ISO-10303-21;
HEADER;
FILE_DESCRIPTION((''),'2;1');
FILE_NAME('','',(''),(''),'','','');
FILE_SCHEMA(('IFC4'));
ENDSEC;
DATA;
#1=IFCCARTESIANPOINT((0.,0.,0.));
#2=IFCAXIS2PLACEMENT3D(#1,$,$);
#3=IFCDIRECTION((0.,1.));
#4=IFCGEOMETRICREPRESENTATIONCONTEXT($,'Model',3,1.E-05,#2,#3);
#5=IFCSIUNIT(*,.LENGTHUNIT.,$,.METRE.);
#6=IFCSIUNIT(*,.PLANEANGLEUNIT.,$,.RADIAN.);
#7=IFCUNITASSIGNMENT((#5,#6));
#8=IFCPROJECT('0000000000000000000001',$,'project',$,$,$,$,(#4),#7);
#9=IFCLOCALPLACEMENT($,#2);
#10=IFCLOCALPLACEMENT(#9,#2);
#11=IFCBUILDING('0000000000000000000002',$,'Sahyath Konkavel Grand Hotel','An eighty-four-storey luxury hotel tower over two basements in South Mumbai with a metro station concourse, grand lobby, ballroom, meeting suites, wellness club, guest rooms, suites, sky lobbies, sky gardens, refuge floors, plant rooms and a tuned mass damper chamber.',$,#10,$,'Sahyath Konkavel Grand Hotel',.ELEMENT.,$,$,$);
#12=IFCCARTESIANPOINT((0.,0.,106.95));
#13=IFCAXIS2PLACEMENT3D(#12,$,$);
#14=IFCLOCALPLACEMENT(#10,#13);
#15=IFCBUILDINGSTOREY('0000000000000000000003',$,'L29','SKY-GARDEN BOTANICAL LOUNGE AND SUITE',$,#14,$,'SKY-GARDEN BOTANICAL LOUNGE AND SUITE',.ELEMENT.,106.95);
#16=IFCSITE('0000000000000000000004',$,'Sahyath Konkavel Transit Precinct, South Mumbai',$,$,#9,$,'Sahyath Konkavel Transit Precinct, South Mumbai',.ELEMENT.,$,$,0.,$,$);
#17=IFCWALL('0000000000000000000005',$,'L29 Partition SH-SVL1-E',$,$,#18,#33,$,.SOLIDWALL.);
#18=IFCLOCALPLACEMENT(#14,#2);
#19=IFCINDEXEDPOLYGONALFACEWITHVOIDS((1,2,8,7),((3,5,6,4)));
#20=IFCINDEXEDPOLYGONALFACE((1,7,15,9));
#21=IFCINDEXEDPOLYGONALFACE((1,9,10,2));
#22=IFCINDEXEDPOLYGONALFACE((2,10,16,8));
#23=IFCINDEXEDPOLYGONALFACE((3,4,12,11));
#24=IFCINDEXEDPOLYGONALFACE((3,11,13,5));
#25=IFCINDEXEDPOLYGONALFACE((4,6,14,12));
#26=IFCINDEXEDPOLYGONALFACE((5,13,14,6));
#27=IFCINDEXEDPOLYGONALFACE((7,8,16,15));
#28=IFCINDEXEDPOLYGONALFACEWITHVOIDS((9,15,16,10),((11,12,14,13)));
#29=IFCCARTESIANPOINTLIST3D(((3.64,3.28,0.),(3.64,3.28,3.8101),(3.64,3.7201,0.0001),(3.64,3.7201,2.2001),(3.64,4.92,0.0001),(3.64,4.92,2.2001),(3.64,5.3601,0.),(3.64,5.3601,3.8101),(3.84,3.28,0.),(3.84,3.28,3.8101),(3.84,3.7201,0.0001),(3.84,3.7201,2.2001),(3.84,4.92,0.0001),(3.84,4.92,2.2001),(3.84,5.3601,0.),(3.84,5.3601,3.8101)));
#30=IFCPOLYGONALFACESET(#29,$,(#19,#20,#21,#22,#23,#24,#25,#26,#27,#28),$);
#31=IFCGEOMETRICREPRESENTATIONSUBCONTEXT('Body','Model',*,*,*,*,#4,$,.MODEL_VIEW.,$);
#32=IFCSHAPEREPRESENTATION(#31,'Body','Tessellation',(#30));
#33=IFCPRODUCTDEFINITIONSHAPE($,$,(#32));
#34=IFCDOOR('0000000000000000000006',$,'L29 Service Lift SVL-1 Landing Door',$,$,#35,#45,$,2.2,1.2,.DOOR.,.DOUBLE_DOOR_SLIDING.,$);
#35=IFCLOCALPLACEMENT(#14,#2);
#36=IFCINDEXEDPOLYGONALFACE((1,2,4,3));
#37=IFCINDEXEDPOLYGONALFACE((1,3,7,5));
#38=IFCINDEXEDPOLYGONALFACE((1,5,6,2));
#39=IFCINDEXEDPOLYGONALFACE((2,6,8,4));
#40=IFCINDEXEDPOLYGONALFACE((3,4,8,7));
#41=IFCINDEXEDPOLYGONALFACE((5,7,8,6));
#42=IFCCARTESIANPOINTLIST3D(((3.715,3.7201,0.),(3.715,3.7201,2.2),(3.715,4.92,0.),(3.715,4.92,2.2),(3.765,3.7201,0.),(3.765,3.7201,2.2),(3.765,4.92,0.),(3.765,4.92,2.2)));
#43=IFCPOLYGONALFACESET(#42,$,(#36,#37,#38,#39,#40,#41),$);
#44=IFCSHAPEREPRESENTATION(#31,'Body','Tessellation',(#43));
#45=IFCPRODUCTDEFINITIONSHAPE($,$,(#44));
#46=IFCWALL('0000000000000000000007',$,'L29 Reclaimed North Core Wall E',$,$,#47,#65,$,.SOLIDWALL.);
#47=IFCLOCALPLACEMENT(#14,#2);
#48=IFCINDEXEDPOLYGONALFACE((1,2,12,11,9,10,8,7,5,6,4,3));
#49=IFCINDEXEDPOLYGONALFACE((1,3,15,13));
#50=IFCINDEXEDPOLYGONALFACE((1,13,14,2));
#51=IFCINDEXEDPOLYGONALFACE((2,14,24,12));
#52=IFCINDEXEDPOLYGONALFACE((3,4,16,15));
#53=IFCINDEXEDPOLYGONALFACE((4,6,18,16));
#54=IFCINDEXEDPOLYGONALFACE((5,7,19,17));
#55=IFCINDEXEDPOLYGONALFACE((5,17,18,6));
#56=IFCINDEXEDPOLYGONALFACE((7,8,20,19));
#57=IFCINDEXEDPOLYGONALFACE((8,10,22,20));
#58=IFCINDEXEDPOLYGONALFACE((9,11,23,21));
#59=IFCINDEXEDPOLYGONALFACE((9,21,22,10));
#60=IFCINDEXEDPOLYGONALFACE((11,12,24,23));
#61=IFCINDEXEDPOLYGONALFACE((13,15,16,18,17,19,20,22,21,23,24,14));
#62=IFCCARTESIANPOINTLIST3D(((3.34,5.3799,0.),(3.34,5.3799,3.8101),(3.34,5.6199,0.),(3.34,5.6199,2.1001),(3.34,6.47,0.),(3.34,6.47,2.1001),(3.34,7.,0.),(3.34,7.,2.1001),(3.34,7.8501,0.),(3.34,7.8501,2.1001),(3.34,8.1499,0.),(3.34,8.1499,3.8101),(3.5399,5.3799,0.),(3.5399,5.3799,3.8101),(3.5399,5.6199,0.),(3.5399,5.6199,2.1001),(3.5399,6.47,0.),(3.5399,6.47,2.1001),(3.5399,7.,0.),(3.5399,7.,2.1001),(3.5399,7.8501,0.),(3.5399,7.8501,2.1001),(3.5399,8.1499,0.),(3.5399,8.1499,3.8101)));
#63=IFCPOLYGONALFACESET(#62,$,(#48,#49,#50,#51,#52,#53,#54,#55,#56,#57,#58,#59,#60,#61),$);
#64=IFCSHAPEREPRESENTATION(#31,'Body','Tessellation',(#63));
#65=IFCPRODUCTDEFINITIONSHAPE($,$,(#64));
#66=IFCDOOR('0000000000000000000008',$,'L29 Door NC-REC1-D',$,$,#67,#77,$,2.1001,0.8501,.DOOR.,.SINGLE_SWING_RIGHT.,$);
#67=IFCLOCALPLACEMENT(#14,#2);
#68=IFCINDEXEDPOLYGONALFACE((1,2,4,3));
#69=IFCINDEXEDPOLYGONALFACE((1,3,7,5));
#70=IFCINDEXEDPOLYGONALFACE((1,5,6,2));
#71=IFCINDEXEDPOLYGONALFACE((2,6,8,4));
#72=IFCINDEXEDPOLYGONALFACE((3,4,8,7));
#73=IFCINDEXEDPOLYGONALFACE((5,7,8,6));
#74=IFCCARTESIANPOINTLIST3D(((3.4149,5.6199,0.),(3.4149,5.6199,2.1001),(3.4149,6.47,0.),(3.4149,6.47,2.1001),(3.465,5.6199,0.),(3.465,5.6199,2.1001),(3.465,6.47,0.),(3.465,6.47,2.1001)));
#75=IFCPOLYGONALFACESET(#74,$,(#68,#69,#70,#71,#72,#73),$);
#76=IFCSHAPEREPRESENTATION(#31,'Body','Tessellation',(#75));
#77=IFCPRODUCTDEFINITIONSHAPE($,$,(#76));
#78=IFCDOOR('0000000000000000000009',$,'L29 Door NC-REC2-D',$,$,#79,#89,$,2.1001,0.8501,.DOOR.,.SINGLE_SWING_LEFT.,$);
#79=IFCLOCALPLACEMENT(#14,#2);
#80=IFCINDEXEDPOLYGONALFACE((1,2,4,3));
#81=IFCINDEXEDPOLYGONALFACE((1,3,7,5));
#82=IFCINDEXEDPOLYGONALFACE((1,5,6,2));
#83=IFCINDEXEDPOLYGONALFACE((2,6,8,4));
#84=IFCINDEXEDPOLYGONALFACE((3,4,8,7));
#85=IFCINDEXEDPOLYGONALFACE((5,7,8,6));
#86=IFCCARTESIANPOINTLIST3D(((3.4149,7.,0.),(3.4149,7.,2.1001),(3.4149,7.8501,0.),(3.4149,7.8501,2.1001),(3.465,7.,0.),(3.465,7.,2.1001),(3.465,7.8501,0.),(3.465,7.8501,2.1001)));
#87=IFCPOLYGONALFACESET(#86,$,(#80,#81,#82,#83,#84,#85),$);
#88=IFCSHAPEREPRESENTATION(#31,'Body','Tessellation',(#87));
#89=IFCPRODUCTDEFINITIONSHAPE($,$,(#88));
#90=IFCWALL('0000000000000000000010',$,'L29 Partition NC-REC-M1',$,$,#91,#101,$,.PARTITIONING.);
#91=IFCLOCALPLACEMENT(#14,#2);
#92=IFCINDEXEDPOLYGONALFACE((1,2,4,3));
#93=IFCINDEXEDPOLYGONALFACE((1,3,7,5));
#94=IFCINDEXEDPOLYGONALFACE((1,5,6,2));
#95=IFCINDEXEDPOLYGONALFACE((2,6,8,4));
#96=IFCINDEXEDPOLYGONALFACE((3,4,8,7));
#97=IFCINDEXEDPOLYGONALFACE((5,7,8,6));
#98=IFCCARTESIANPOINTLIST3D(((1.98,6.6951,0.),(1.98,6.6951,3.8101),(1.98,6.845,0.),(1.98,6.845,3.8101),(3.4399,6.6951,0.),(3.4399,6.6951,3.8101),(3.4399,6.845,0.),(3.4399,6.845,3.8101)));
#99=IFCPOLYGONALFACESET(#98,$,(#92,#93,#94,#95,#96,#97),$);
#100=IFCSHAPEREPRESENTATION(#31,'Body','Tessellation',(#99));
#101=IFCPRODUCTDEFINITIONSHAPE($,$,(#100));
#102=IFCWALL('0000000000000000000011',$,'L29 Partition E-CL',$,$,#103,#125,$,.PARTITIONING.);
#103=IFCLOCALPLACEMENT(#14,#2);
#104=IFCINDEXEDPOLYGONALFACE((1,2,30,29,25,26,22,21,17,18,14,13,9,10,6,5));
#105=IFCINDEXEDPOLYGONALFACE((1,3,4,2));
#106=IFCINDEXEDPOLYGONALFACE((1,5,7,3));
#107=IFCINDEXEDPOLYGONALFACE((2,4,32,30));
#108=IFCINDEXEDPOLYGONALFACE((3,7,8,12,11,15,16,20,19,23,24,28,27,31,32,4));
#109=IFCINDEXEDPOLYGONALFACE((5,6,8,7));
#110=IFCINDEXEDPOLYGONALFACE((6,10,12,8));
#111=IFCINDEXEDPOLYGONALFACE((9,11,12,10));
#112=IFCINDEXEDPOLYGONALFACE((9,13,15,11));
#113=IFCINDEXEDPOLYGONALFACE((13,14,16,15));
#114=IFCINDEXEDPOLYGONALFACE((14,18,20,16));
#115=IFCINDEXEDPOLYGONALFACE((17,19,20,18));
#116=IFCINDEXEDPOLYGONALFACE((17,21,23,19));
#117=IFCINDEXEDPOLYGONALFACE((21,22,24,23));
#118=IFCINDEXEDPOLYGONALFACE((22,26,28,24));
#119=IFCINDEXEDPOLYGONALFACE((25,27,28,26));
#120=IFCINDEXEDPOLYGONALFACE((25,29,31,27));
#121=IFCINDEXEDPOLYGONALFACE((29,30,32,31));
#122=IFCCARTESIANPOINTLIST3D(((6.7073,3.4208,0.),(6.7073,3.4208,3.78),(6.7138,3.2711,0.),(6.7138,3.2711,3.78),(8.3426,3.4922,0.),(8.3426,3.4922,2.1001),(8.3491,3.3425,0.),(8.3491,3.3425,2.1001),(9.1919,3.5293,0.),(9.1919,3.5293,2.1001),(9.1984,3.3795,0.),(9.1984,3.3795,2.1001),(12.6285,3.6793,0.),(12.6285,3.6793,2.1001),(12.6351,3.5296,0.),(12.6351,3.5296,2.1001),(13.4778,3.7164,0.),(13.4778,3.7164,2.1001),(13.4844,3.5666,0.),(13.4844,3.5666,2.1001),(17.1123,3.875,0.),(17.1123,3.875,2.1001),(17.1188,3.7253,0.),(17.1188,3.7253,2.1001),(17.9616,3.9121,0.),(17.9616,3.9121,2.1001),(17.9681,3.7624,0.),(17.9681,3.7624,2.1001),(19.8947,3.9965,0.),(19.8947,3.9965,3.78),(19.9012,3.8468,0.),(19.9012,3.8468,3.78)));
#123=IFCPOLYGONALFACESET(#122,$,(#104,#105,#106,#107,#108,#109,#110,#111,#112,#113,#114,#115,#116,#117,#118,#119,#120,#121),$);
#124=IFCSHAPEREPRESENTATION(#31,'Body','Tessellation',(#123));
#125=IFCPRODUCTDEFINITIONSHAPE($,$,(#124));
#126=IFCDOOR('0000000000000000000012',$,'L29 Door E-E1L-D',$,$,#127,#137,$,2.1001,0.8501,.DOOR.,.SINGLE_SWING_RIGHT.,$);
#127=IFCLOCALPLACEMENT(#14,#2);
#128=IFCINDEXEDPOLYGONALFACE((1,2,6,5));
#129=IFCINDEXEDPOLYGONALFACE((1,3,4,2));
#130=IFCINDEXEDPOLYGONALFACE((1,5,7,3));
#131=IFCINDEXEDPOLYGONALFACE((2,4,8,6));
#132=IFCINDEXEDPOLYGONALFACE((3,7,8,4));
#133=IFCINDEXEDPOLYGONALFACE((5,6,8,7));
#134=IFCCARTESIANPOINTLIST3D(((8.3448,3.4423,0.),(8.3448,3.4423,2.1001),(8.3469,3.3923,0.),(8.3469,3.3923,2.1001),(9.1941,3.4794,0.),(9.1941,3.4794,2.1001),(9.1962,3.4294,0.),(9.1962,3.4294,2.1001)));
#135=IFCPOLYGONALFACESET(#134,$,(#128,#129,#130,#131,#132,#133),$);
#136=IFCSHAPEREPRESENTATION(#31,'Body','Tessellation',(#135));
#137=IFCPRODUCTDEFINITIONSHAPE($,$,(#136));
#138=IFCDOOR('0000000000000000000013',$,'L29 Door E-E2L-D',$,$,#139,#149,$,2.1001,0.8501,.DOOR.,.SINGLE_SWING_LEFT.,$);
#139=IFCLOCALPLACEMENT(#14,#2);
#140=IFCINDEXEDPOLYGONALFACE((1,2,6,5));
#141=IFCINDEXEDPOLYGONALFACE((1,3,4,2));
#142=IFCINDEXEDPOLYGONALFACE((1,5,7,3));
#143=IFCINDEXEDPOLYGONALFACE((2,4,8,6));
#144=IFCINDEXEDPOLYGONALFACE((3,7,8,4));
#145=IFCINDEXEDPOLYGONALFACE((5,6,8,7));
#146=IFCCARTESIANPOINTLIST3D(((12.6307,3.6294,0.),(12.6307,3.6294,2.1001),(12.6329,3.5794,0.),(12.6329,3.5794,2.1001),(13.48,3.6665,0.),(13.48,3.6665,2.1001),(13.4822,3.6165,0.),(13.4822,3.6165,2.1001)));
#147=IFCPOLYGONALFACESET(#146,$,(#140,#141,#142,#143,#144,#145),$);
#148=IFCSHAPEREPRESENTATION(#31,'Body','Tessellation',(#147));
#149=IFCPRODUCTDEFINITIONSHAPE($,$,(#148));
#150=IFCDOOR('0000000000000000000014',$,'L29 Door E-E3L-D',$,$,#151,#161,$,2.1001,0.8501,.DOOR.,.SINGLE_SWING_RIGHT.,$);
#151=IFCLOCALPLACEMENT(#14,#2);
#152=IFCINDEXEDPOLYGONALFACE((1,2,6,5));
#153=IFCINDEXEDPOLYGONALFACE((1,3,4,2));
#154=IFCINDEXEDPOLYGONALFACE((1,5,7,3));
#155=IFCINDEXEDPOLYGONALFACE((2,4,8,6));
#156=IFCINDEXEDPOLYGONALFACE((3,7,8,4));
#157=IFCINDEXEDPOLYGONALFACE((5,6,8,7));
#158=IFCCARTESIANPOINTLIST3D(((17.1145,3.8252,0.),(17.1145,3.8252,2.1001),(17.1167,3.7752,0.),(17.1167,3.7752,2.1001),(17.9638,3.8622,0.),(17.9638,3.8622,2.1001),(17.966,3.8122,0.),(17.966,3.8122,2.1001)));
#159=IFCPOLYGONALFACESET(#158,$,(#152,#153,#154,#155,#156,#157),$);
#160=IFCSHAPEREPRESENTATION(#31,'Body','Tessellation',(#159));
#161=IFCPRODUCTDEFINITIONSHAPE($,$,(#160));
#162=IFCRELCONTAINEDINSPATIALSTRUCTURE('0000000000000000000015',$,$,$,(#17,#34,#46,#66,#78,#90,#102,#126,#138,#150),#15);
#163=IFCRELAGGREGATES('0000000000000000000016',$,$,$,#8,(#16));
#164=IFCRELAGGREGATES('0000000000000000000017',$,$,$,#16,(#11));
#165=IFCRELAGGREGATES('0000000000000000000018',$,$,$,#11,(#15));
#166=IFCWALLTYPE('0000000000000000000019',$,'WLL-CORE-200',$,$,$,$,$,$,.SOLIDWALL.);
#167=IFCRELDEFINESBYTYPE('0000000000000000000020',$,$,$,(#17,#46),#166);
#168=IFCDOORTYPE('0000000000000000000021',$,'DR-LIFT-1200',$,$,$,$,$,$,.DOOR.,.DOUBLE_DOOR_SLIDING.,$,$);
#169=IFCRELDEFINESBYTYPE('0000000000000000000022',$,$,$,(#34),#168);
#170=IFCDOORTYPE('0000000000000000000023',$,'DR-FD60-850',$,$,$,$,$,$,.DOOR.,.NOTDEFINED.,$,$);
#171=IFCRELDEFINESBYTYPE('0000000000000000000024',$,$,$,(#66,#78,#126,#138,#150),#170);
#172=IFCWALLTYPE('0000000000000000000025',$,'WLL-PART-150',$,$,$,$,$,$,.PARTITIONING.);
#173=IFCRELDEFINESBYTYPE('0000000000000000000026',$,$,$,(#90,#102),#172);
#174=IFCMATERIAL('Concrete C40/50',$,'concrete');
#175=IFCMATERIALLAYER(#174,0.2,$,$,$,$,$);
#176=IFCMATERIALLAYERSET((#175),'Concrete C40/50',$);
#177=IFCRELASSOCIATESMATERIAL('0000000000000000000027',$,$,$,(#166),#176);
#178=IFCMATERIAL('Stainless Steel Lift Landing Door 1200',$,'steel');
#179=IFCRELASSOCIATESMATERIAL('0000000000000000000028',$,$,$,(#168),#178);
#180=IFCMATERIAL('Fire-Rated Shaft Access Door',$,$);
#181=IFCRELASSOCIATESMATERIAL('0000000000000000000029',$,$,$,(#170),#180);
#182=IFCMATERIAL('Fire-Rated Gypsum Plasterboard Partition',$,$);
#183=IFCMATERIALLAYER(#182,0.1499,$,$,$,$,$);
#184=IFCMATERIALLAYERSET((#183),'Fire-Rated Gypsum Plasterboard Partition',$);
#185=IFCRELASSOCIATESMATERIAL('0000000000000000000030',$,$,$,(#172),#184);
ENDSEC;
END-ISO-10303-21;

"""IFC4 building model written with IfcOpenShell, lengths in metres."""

from ifc_helpers import new_model, si_unit, direction, frame, frame_2d, origin, origin_2d, place, context, subcontext, project, spatial, rectangle, extrude, source, transform, mapped, material, layer, layer_set, type_object, element, fill, save


model = new_model("IFC4")

# Units and contexts
model_context = context("Model", 3, precision=1e-05, world=origin(), true_north=direction((0.0, 1.0)))
body_context = subcontext(model_context, "Body", "Model", "MODEL_VIEW")
ifc_project = project(units=[si_unit("LENGTHUNIT", "METRE"), si_unit("PLANEANGLEUNIT", "RADIAN")], contexts=[model_context])

# Site, building, storey
site_placement = place(None, origin())
site = spatial("IfcSite", under=ifc_project, at=site_placement, Name="Sahyath Konkavel Transit Precinct, South Mumbai", LongName="Sahyath Konkavel Transit Precinct, South Mumbai", CompositionType="ELEMENT", RefElevation=0.0)
building_placement = place(site_placement, origin())
building = spatial("IfcBuilding", under=site, at=building_placement, Name="Sahyath Konkavel Grand Hotel", Description="An eighty-four-storey luxury hotel tower over two basements in South Mumbai with a metro station concourse, grand lobby, ballroom, meeting suites, wellness club, guest rooms, suites, sky lobbies, sky gardens, refuge floors, plant rooms and a tuned mass damper chamber.", LongName="Sahyath Konkavel Grand Hotel", CompositionType="ELEMENT")
storey_placement = place(building_placement, frame((0.0, 0.0, 106.95)))
storey = spatial("IfcBuildingStorey", under=building, at=storey_placement, Name="L29", Description="SKY-GARDEN BOTANICAL LOUNGE AND SUITE", LongName="SKY-GARDEN BOTANICAL LOUNGE AND SUITE", CompositionType="ELEMENT", Elevation=106.95)

# Shared definitions
ifc_material_1 = material(Name="Concrete C40/50", Category="concrete")
ifc_layer_1 = layer(ifc_material_1, 0.2)
ifc_layer_set_1 = layer_set([ifc_layer_1], Name="Concrete C40/50")
wall_type_1 = type_object("IfcWallType", Name="WLL-CORE-200", PredefinedType="SOLIDWALL", material=ifc_layer_set_1)
shared_shape_1 = source(origin(), body_context, "Body", "SweptSolid", [
    extrude(rectangle(XDim=0.8501, YDim=0.05, at=origin_2d()), origin(), (0.0, 0.0, 1.0), 2.1001),
])

# Wall, opening, door
wall_1_placement = place(storey_placement, frame((3.74, 3.28, 0.0), z_axis=(0.0, 0.0, 1.0), x_axis=(0.0, 1.0, 0.0)))
wall_1 = element("IfcWall", 1, at=wall_1_placement, inside=storey, type_object=wall_type_1, Name="L29 Partition SH-SVL1-E", PredefinedType="SOLIDWALL", context=body_context, shape_type="SweptSolid", body=[
    extrude(rectangle(XDim=2.0801, YDim=0.2, at=frame_2d((1.04, 0.0))), origin(), (0.0, 0.0, 1.0), 3.8101),
])
opening_1_placement = place(wall_1_placement, frame((0.4399, 0.0, 0.0)))
opening_1 = element("IfcOpeningElement", 2, at=opening_1_placement, cuts=wall_1, PredefinedType="OPENING", context=body_context, shape_type="SweptSolid", body=[
    extrude(rectangle(XDim=1.2, YDim=2.2, at=frame_2d((0.6001, 1.1001))), frame((0.0, 0.1099, 0.0), z_axis=(0.0, -1.0, 0.0), x_axis=(1.0, 0.0, 0.0)), (0.0, 0.0, 1.0), 0.22),
])
ifc_material_2 = material(Name="Stainless Steel Lift Landing Door 1200", Category="steel")
door_type_1 = type_object("IfcDoorType", Name="DR-LIFT-1200", OperationType="DOUBLE_DOOR_SLIDING", PredefinedType="DOOR", material=ifc_material_2)
shared_shape_2 = source(origin(), body_context, "Body", "SweptSolid", [
    extrude(rectangle(XDim=1.2, YDim=0.05, at=origin_2d()), origin(), (0.0, 0.0, 1.0), 2.2),
])
door_1_placement = place(opening_1_placement, frame((0.6001, 0.0, 0.0)))
door_1 = element("IfcDoor", 3, at=door_1_placement, inside=storey, type_object=door_type_1, Name="L29 Service Lift SVL-1 Landing Door", OperationType="DOUBLE_DOOR_SLIDING", OverallHeight=2.2, OverallWidth=1.2, PredefinedType="DOOR", context=body_context, shape_type="MappedRepresentation", body=[
    mapped(shared_shape_2, transform((0.0, 0.0, 0.0), scale=1.0)),
])
fill(opening_1, door_1)

# Wall, openings, doors
wall_2_placement = place(storey_placement, frame((3.4399, 5.3799, 0.0), z_axis=(0.0, 0.0, 1.0), x_axis=(0.0, 1.0, 0.0)))
wall_2 = element("IfcWall", 4, at=wall_2_placement, inside=storey, type_object=wall_type_1, Name="L29 Reclaimed North Core Wall E", PredefinedType="SOLIDWALL", context=body_context, shape_type="SweptSolid", body=[
    extrude(rectangle(XDim=2.77, YDim=0.2, at=frame_2d((1.385, 0.0))), origin(), (0.0, 0.0, 1.0), 3.8101),
])
opening_2_placement = place(wall_2_placement, frame((0.24, 0.0, 0.0)))
opening_2 = element("IfcOpeningElement", 5, at=opening_2_placement, cuts=wall_2, PredefinedType="OPENING", context=body_context, shape_type="SweptSolid", body=[
    extrude(rectangle(XDim=0.8501, YDim=2.1001, at=frame_2d((0.425, 1.05))), frame((0.0, 0.1099, 0.0), z_axis=(0.0, -1.0, 0.0), x_axis=(1.0, 0.0, 0.0)), (0.0, 0.0, 1.0), 0.22),
])
opening_3_placement = place(wall_2_placement, frame((1.6201, 0.0, 0.0)))
opening_3 = element("IfcOpeningElement", 6, at=opening_3_placement, cuts=wall_2, PredefinedType="OPENING", context=body_context, shape_type="SweptSolid", body=[
    extrude(rectangle(XDim=0.8501, YDim=2.1001, at=frame_2d((0.425, 1.05))), frame((0.0, 0.1099, 0.0), z_axis=(0.0, -1.0, 0.0), x_axis=(1.0, 0.0, 0.0)), (0.0, 0.0, 1.0), 0.22),
])
ifc_material_3 = material(Name="Fire-Rated Shaft Access Door")
door_type_2 = type_object("IfcDoorType", Name="DR-FD60-850", OperationType="NOTDEFINED", PredefinedType="DOOR", material=ifc_material_3)
door_2_placement = place(opening_2_placement, frame((0.425, 0.0, 0.0)))
door_2 = element("IfcDoor", 7, at=door_2_placement, inside=storey, type_object=door_type_2, Name="L29 Door NC-REC1-D", OperationType="SINGLE_SWING_RIGHT", OverallHeight=2.1001, OverallWidth=0.8501, PredefinedType="DOOR", context=body_context, shape_type="MappedRepresentation", body=[
    mapped(shared_shape_1, transform((0.0, 0.0, 0.0), scale=1.0)),
])
fill(opening_2, door_2)
door_3_placement = place(opening_3_placement, frame((0.425, 0.0, 0.0)))
door_3 = element("IfcDoor", 8, at=door_3_placement, inside=storey, type_object=door_type_2, Name="L29 Door NC-REC2-D", OperationType="SINGLE_SWING_LEFT", OverallHeight=2.1001, OverallWidth=0.8501, PredefinedType="DOOR", context=body_context, shape_type="MappedRepresentation", body=[
    mapped(shared_shape_1, transform((0.0, 0.0, 0.0), scale=1.0)),
])
fill(opening_3, door_3)

# Wall
ifc_material_4 = material(Name="Fire-Rated Gypsum Plasterboard Partition")
ifc_layer_2 = layer(ifc_material_4, 0.1499)
ifc_layer_set_2 = layer_set([ifc_layer_2], Name="Fire-Rated Gypsum Plasterboard Partition")
wall_type_2 = type_object("IfcWallType", Name="WLL-PART-150", PredefinedType="PARTITIONING", material=ifc_layer_set_2)
wall_3_placement = place(storey_placement, frame((1.98, 6.77, 0.0), z_axis=(0.0, 0.0, 1.0), x_axis=(1.0, 0.0, 0.0)))
element("IfcWall", 9, at=wall_3_placement, inside=storey, type_object=wall_type_2, Name="L29 Partition NC-REC-M1", PredefinedType="PARTITIONING", context=body_context, shape_type="SweptSolid", body=[
    extrude(rectangle(XDim=1.46, YDim=0.1499, at=frame_2d((0.73, 0.0))), origin(), (0.0, 0.0, 1.0), 3.8101),
])

# Wall, openings, doors
wall_4_placement = place(storey_placement, frame((6.7104, 3.3459, 0.0), z_axis=(0.0, 0.0, 1.0), x_axis=(0.999049, 0.043612, 0.0)))
wall_4 = element("IfcWall", 10, at=wall_4_placement, inside=storey, type_object=wall_type_2, Name="L29 Partition E-CL", PredefinedType="PARTITIONING", context=body_context, shape_type="SweptSolid", body=[
    extrude(rectangle(XDim=13.2, YDim=0.1499, at=frame_2d((6.6001, 0.0))), origin(), (0.0, 0.0, 1.0), 3.78),
])
opening_4_placement = place(wall_4_placement, frame((1.637, 0.0, 0.0)))
opening_4 = element("IfcOpeningElement", 11, at=opening_4_placement, cuts=wall_4, PredefinedType="OPENING", context=body_context, shape_type="SweptSolid", body=[
    extrude(rectangle(XDim=0.8501, YDim=2.1001, at=frame_2d((0.425, 1.05))), frame((0.0, 0.085, 0.0), z_axis=(0.0, -1.0, 0.0), x_axis=(1.0, 0.0, 0.0)), (0.0, 0.0, 1.0), 0.1699),
])
opening_5_placement = place(wall_4_placement, frame((5.927, 0.0, 0.0)))
opening_5 = element("IfcOpeningElement", 12, at=opening_5_placement, cuts=wall_4, PredefinedType="OPENING", context=body_context, shape_type="SweptSolid", body=[
    extrude(rectangle(XDim=0.8501, YDim=2.1001, at=frame_2d((0.425, 1.05))), frame((0.0, 0.085, 0.0), z_axis=(0.0, -1.0, 0.0), x_axis=(1.0, 0.0, 0.0)), (0.0, 0.0, 1.0), 0.1699),
])
opening_6_placement = place(wall_4_placement, frame((10.415, 0.0, 0.0)))
opening_6 = element("IfcOpeningElement", 13, at=opening_6_placement, cuts=wall_4, PredefinedType="OPENING", context=body_context, shape_type="SweptSolid", body=[
    extrude(rectangle(XDim=0.8501, YDim=2.1001, at=frame_2d((0.425, 1.05))), frame((0.0, 0.085, 0.0), z_axis=(0.0, -1.0, 0.0), x_axis=(1.0, 0.0, 0.0)), (0.0, 0.0, 1.0), 0.1699),
])
door_4_placement = place(opening_4_placement, frame((0.425, 0.0, 0.0)))
door_4 = element("IfcDoor", 14, at=door_4_placement, inside=storey, type_object=door_type_2, Name="L29 Door E-E1L-D", OperationType="SINGLE_SWING_RIGHT", OverallHeight=2.1001, OverallWidth=0.8501, PredefinedType="DOOR", context=body_context, shape_type="MappedRepresentation", body=[
    mapped(shared_shape_1, transform((0.0, 0.0, 0.0), scale=1.0)),
])
fill(opening_4, door_4)
door_5_placement = place(opening_5_placement, frame((0.425, 0.0, 0.0)))
door_5 = element("IfcDoor", 15, at=door_5_placement, inside=storey, type_object=door_type_2, Name="L29 Door E-E2L-D", OperationType="SINGLE_SWING_LEFT", OverallHeight=2.1001, OverallWidth=0.8501, PredefinedType="DOOR", context=body_context, shape_type="MappedRepresentation", body=[
    mapped(shared_shape_1, transform((0.0, 0.0, 0.0), scale=1.0)),
])
fill(opening_5, door_5)
door_6_placement = place(opening_6_placement, frame((0.425, 0.0, 0.0)))
door_6 = element("IfcDoor", 16, at=door_6_placement, inside=storey, type_object=door_type_2, Name="L29 Door E-E3L-D", OperationType="SINGLE_SWING_RIGHT", OverallHeight=2.1001, OverallWidth=0.8501, PredefinedType="DOOR", context=body_context, shape_type="MappedRepresentation", body=[
    mapped(shared_shape_1, transform((0.0, 0.0, 0.0), scale=1.0)),
])
fill(opening_6, door_6)

save(model, "model.ifc")
